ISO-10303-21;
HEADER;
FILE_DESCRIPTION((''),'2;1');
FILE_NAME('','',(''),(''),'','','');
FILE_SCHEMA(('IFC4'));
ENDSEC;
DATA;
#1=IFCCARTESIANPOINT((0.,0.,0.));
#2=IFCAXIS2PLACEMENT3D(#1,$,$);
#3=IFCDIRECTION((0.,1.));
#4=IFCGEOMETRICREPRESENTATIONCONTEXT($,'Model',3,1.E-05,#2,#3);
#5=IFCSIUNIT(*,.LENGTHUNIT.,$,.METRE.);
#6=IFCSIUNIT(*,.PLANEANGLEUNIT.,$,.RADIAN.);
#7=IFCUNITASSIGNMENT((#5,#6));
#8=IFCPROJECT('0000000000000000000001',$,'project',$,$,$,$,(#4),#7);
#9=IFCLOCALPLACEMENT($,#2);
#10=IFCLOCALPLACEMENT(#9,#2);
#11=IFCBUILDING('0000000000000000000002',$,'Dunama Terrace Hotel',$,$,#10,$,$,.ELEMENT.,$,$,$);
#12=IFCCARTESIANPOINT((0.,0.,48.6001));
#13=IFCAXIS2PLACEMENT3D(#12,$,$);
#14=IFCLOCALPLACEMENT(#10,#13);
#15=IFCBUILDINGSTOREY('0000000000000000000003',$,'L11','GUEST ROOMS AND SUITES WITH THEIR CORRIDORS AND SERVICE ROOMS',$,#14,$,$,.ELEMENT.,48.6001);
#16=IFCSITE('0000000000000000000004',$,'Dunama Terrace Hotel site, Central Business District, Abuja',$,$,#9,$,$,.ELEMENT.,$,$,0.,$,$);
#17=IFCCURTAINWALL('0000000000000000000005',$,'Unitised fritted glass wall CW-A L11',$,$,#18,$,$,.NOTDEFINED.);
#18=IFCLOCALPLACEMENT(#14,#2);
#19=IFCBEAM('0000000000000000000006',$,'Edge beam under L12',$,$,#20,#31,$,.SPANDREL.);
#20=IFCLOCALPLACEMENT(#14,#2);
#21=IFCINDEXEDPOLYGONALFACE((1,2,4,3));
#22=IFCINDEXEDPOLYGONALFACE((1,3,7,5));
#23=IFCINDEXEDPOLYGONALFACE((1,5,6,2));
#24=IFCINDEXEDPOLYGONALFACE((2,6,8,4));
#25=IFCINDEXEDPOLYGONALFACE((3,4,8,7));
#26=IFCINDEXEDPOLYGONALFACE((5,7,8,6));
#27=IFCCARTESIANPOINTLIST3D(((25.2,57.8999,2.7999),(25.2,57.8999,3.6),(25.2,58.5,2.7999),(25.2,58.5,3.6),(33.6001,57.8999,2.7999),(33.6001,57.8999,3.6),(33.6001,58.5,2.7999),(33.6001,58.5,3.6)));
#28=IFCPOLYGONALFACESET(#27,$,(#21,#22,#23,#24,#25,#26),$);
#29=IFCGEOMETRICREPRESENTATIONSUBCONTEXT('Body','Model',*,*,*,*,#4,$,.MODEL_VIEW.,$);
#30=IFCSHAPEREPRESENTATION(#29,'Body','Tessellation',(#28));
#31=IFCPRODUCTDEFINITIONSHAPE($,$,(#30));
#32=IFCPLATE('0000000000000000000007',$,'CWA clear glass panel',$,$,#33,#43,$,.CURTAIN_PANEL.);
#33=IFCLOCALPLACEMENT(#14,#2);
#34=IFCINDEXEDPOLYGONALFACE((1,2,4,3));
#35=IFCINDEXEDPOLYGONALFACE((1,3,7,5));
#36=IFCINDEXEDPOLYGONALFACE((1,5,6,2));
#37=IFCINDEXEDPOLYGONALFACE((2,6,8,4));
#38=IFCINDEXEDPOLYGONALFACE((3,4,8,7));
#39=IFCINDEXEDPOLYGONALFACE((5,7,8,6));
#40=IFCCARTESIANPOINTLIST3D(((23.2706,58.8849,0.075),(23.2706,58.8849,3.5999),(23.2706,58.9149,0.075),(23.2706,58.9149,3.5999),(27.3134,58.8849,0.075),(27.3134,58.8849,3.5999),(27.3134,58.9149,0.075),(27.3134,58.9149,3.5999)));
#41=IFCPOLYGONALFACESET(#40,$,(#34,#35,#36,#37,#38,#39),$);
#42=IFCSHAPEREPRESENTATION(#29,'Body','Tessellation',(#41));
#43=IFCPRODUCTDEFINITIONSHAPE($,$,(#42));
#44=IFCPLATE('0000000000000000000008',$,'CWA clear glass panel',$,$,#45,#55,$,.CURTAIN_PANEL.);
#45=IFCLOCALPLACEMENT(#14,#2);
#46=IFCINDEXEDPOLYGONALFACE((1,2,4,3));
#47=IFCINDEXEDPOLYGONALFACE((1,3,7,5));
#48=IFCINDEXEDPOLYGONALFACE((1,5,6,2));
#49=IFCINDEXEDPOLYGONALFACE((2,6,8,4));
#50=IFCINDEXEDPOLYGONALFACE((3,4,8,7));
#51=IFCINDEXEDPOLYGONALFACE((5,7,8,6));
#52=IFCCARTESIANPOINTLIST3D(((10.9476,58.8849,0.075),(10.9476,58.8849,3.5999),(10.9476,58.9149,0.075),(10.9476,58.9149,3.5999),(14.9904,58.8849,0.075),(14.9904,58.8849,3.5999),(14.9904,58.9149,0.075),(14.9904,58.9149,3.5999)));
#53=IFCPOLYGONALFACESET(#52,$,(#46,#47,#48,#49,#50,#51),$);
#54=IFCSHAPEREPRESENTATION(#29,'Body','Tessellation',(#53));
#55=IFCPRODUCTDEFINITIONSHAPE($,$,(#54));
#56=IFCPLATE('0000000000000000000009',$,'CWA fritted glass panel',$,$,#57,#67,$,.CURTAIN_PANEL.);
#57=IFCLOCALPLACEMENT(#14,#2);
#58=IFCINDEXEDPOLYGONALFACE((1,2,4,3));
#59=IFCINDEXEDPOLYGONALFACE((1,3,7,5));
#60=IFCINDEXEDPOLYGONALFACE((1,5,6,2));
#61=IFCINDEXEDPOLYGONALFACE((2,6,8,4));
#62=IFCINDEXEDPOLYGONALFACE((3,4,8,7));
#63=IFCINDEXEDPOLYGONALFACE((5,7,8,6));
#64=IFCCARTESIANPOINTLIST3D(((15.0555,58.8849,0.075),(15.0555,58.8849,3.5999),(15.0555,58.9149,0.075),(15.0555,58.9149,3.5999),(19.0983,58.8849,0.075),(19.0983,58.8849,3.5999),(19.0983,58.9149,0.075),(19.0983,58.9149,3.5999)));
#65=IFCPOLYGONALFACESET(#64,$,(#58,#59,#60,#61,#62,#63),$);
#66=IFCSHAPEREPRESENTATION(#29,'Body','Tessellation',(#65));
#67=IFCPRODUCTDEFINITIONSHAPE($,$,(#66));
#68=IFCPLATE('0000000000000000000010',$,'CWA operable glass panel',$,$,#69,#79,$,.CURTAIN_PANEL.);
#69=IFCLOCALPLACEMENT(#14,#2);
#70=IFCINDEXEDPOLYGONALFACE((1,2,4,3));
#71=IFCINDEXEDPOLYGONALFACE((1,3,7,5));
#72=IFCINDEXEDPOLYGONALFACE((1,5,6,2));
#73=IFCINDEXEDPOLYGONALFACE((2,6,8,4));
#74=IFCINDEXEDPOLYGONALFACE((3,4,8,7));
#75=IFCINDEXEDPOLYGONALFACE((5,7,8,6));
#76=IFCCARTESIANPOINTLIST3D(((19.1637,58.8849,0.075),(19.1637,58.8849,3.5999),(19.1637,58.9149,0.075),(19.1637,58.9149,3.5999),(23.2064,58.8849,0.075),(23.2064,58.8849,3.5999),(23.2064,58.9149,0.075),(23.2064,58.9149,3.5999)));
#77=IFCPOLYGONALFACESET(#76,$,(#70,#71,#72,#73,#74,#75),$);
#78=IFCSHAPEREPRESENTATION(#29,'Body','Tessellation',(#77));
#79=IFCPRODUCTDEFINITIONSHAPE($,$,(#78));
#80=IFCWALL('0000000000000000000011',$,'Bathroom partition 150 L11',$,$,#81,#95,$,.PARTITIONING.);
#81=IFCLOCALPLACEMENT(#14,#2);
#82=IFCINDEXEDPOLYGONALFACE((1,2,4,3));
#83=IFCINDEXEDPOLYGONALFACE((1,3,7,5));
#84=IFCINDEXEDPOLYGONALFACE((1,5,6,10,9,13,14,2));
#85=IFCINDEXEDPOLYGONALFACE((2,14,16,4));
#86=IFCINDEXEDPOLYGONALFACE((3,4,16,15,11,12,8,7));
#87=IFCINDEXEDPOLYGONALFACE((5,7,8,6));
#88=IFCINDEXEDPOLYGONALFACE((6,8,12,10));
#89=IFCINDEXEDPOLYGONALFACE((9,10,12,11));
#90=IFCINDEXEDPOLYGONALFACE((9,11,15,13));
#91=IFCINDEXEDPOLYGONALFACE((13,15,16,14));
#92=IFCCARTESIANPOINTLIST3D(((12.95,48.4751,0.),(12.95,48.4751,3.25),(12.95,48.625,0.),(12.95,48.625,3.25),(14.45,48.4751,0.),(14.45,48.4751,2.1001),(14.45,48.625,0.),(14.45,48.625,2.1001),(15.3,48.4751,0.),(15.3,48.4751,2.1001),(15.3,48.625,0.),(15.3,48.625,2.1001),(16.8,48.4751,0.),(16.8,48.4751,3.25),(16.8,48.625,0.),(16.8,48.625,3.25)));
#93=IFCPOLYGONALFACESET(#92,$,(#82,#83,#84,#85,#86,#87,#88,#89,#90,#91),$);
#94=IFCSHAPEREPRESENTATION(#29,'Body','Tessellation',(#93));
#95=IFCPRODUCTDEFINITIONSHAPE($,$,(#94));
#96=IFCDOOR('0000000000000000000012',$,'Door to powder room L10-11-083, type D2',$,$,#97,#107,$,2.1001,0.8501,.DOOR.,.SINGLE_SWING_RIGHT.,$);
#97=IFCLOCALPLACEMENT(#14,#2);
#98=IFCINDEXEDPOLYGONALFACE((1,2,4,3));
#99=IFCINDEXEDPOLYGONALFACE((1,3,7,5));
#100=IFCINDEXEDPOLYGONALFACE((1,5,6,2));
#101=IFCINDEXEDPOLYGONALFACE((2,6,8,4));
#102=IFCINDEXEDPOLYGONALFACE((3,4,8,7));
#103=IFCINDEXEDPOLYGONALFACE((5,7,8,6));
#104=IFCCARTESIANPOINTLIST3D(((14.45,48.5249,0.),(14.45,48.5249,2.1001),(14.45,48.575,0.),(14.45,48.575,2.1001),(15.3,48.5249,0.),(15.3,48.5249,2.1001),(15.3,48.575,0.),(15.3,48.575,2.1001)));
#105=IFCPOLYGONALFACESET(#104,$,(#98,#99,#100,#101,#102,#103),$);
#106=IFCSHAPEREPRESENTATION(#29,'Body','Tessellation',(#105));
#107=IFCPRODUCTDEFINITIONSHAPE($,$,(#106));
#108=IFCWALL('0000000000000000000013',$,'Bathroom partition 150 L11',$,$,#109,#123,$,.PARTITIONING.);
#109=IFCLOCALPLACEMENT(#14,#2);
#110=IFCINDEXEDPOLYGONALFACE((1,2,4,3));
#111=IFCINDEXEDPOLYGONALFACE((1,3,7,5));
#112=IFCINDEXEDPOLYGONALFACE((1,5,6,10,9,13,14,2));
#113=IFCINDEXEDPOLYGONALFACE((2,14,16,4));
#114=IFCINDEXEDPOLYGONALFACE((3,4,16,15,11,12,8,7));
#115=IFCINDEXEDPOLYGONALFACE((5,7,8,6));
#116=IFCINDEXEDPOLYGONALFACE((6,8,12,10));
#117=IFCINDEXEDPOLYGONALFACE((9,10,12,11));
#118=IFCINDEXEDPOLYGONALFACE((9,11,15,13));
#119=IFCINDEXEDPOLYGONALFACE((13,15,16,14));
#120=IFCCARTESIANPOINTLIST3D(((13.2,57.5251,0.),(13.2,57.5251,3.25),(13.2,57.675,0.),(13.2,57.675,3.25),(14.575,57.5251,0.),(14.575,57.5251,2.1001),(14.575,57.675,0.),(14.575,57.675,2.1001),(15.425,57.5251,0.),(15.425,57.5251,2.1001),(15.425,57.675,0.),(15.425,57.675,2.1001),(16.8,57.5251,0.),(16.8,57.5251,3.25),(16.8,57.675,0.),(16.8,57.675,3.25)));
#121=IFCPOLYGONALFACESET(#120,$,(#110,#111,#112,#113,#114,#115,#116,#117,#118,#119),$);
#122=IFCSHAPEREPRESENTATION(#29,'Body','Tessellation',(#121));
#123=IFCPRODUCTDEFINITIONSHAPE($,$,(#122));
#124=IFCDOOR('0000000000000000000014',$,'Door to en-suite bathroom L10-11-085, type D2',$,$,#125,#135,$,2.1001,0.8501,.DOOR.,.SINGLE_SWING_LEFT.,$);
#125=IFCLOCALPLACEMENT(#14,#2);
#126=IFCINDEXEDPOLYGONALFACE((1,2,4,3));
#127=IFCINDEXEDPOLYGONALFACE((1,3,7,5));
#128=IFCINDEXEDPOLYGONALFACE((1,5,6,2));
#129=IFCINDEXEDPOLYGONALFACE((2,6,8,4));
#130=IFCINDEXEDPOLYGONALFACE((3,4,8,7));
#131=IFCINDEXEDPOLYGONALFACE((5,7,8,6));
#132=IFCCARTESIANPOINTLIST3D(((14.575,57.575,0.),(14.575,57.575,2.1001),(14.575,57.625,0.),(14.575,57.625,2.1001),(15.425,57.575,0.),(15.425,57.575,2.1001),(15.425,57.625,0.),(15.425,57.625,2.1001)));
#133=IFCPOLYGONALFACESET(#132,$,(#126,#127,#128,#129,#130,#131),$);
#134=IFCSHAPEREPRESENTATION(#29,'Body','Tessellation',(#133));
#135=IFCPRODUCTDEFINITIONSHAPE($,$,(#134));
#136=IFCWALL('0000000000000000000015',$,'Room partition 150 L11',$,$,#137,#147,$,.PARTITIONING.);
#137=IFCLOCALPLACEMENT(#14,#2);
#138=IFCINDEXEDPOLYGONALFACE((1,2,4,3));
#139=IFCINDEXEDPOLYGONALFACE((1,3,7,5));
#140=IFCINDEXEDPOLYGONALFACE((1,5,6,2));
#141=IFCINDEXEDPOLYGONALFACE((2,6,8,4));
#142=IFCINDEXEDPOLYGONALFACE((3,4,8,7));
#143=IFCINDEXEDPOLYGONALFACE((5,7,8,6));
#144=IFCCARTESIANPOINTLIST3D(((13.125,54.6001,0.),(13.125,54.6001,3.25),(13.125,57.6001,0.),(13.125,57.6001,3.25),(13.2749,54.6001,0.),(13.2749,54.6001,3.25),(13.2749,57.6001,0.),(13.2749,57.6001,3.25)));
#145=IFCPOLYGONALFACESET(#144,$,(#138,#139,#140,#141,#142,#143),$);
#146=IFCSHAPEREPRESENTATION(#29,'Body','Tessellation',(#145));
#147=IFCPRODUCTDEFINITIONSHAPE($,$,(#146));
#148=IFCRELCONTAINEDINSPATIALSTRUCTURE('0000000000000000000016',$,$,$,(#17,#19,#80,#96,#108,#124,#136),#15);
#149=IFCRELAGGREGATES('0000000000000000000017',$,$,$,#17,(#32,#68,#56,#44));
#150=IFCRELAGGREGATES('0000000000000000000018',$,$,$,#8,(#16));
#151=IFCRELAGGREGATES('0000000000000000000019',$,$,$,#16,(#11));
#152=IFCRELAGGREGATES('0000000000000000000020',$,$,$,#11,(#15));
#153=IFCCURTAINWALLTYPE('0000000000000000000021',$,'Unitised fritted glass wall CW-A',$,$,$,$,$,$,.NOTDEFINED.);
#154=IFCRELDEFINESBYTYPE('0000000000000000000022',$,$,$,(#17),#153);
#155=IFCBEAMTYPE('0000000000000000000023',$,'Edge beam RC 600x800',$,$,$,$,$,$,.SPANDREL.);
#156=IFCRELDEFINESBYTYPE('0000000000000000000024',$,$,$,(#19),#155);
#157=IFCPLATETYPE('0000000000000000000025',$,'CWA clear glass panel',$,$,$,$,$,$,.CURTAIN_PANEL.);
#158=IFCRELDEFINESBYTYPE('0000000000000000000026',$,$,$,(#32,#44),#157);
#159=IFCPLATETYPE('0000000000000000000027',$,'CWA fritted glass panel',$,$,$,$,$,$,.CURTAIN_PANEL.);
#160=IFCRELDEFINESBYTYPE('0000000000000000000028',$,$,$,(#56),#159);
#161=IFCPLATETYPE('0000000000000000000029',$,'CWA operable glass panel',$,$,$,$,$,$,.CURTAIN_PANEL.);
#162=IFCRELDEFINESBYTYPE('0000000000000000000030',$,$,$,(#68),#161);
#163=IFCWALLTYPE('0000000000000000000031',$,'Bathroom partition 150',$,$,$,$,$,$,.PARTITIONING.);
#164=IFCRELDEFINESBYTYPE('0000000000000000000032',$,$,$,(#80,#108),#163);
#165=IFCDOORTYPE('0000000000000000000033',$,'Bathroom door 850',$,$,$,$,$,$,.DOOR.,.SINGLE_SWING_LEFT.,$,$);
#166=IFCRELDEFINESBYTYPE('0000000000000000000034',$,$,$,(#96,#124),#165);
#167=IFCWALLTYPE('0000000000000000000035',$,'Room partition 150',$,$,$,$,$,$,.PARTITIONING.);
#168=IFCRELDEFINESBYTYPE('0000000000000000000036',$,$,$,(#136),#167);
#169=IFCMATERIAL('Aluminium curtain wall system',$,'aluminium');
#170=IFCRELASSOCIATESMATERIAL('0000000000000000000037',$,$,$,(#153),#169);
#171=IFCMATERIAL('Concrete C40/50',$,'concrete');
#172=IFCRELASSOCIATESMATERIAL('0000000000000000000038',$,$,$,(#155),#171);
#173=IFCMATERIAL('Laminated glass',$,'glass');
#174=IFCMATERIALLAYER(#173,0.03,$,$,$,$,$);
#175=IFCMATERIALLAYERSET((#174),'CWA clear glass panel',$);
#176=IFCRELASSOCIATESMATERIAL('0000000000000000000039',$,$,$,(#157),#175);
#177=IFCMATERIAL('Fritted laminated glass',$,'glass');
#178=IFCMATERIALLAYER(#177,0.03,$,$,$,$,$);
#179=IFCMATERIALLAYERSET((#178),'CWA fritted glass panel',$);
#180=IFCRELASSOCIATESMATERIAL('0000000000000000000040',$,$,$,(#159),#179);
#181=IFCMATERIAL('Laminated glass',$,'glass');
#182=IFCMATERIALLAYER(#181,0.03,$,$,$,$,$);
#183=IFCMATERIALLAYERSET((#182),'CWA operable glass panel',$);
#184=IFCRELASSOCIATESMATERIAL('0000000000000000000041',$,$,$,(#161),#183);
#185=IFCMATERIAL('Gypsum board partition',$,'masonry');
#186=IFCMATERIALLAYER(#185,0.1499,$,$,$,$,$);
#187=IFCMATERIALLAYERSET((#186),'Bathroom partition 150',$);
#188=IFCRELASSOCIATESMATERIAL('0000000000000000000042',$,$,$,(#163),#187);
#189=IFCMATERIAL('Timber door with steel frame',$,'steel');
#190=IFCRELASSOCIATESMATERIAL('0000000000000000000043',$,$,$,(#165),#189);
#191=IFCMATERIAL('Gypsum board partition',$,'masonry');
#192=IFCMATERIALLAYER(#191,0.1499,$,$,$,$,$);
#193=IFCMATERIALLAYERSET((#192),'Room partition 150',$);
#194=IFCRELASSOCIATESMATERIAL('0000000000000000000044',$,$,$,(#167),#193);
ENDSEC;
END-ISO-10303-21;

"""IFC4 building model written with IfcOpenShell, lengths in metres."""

from ifc_helpers import new_model, si_unit, direction, frame, frame_2d, origin, origin_2d, place, context, subcontext, project, spatial, rectangle, extrude, material, layer, layer_set, material_profile, profile_set, type_object, element, fill, aggregate, save


model = new_model("IFC4")

# Units and contexts
model_context = context("Model", 3, precision=1e-05, world=origin(), true_north=direction((0.0, 1.0)))
body_context = subcontext(model_context, "Body", "Model", "MODEL_VIEW")
ifc_project = project(units=[si_unit("LENGTHUNIT", "METRE"), si_unit("PLANEANGLEUNIT", "RADIAN")], contexts=[model_context])

# Site, building, storey
site_placement = place(None, origin())
site = spatial("IfcSite", under=ifc_project, at=site_placement, Name="Dunama Terrace Hotel site, Central Business District, Abuja", CompositionType="ELEMENT", RefElevation=0.0)
building_placement = place(site_placement, origin())
building = spatial("IfcBuilding", under=site, at=building_placement, Name="Dunama Terrace Hotel", CompositionType="ELEMENT")
storey_placement = place(building_placement, frame((0.0, 0.0, 48.6001)))
storey = spatial("IfcBuildingStorey", under=building, at=storey_placement, Name="L11", Description="GUEST ROOMS AND SUITES WITH THEIR CORRIDORS AND SERVICE ROOMS", CompositionType="ELEMENT", Elevation=48.6001)

# Curtain wall
ifc_material_1 = material(Name="Aluminium curtain wall system", Category="aluminium")
curtain_wall_type = type_object("IfcCurtainWallType", Name="Unitised fritted glass wall CW-A", PredefinedType="NOTDEFINED", material=ifc_material_1)
curtain_wall_placement = place(storey_placement, origin())
curtain_wall = element("IfcCurtainWall", 1, at=curtain_wall_placement, inside=storey, type_object=curtain_wall_type, Name="Unitised fritted glass wall CW-A L11", PredefinedType="NOTDEFINED")

# Beam
ifc_material_2 = material(Name="Concrete C40/50", Category="concrete")
ifc_material_profile_1 = material_profile(ifc_material_2, rectangle(XDim=0.6001, YDim=0.8, at=origin_2d()), Name="RC 600x800")
ifc_profile_set_1 = profile_set([ifc_material_profile_1], Name="Concrete C40/50")
beam_type = type_object("IfcBeamType", Name="Edge beam RC 600x800", PredefinedType="SPANDREL", material=ifc_profile_set_1)
beam_1_placement = place(storey_placement, frame((25.2, 58.2, 3.2), z_axis=(1.0, 0.0, 0.0), x_axis=(0.0, 1.0, 0.0)))
element("IfcBeam", 2, at=beam_1_placement, inside=storey, type_object=beam_type, Name="Edge beam under L12", PredefinedType="SPANDREL", context=body_context, shape_type="SweptSolid", body=[
    extrude(rectangle(XDim=0.6001, YDim=0.8, at=origin_2d()), origin(), (0.0, 0.0, 1.0), 8.4001),
])

# Plates
ifc_material_3 = material(Name="Laminated glass", Category="glass")
ifc_layer_1 = layer(ifc_material_3, 0.03)
ifc_layer_set_1 = layer_set([ifc_layer_1], Name="CWA clear glass panel")
plate_type_1 = type_object("IfcPlateType", Name="CWA clear glass panel", PredefinedType="CURTAIN_PANEL", material=ifc_layer_set_1)
plate_1_placement = place(storey_placement, frame((25.292, 58.8999, 0.075), z_axis=(0.0, 0.0, 1.0), x_axis=(-1.0, 0.0, 0.0)))
plate_1 = element("IfcPlate", 3, at=plate_1_placement, type_object=plate_type_1, Name="CWA clear glass panel", PredefinedType="CURTAIN_PANEL", context=body_context, shape_type="SweptSolid", body=[
    extrude(rectangle(XDim=4.0427, YDim=0.03, at=origin_2d()), origin(), (0.0, 0.0, 1.0), 3.5249),
])
plate_2_placement = place(storey_placement, frame((12.969, 58.8999, 0.075), z_axis=(0.0, 0.0, 1.0), x_axis=(-1.0, 0.0, 0.0)))
plate_2 = element("IfcPlate", 4, at=plate_2_placement, type_object=plate_type_1, Name="CWA clear glass panel", PredefinedType="CURTAIN_PANEL", context=body_context, shape_type="SweptSolid", body=[
    extrude(rectangle(XDim=4.0427, YDim=0.03, at=origin_2d()), origin(), (0.0, 0.0, 1.0), 3.5249),
])
ifc_material_4 = material(Name="Fritted laminated glass", Category="glass")
ifc_layer_2 = layer(ifc_material_4, 0.03)
ifc_layer_set_2 = layer_set([ifc_layer_2], Name="CWA fritted glass panel")
plate_type_2 = type_object("IfcPlateType", Name="CWA fritted glass panel", PredefinedType="CURTAIN_PANEL", material=ifc_layer_set_2)
plate_3_placement = place(storey_placement, frame((17.0769, 58.8999, 0.075), z_axis=(0.0, 0.0, 1.0), x_axis=(-1.0, 0.0, 0.0)))
plate_3 = element("IfcPlate", 5, at=plate_3_placement, type_object=plate_type_2, Name="CWA fritted glass panel", PredefinedType="CURTAIN_PANEL", context=body_context, shape_type="SweptSolid", body=[
    extrude(rectangle(XDim=4.0427, YDim=0.03, at=origin_2d()), origin(), (0.0, 0.0, 1.0), 3.5249),
])
ifc_material_5 = material(Name="Laminated glass", Category="glass")
ifc_layer_3 = layer(ifc_material_5, 0.03)
ifc_layer_set_3 = layer_set([ifc_layer_3], Name="CWA operable glass panel")
plate_type_3 = type_object("IfcPlateType", Name="CWA operable glass panel", PredefinedType="CURTAIN_PANEL", material=ifc_layer_set_3)
plate_4_placement = place(storey_placement, frame((21.1851, 58.8999, 0.075), z_axis=(0.0, 0.0, 1.0), x_axis=(-1.0, 0.0, 0.0)))
plate_4 = element("IfcPlate", 6, at=plate_4_placement, type_object=plate_type_3, Name="CWA operable glass panel", PredefinedType="CURTAIN_PANEL", context=body_context, shape_type="SweptSolid", body=[
    extrude(rectangle(XDim=4.0427, YDim=0.03, at=origin_2d()), origin(), (0.0, 0.0, 1.0), 3.5249),
])
aggregate(curtain_wall, [plate_1, plate_4, plate_3, plate_2])

# Walls, openings, doors
ifc_material_6 = material(Name="Gypsum board partition", Category="masonry")
ifc_layer_4 = layer(ifc_material_6, 0.1499)
ifc_layer_set_4 = layer_set([ifc_layer_4], Name="Bathroom partition 150")
wall_type_1 = type_object("IfcWallType", Name="Bathroom partition 150", PredefinedType="PARTITIONING", material=ifc_layer_set_4)
wall_1_placement = place(storey_placement, frame((12.95, 48.55, 0.0), z_axis=(0.0, 0.0, 1.0), x_axis=(1.0, 0.0, 0.0)))
wall_1 = element("IfcWall", 7, at=wall_1_placement, inside=storey, type_object=wall_type_1, Name="Bathroom partition 150 L11", PredefinedType="PARTITIONING", context=body_context, shape_type="SweptSolid", body=[
    extrude(rectangle(XDim=3.8501, YDim=0.1499, at=frame_2d((1.925, 0.0))), origin(), (0.0, 0.0, 1.0), 3.25),
])
opening_1_placement = place(wall_1_placement, frame((1.5, 0.0, 0.0)))
opening_1 = element("IfcOpeningElement", 8, at=opening_1_placement, cuts=wall_1, PredefinedType="OPENING", context=body_context, shape_type="SweptSolid", body=[
    extrude(rectangle(XDim=0.8501, YDim=2.1001, at=frame_2d((0.425, 1.05))), frame((0.0, 0.085, 0.0), z_axis=(0.0, -1.0, 0.0), x_axis=(1.0, 0.0, 0.0)), (0.0, 0.0, 1.0), 0.1699),
])
ifc_material_7 = material(Name="Timber door with steel frame", Category="steel")
door_type_1 = type_object("IfcDoorType", Name="Bathroom door 850", OperationType="SINGLE_SWING_LEFT", PredefinedType="DOOR", material=ifc_material_7)
door_1_placement = place(opening_1_placement, frame((0.8501, 0.0, 0.0), z_axis=(0.0, 0.0, 1.0), x_axis=(-1.0, 0.0, 0.0)))
door_1 = element("IfcDoor", 9, at=door_1_placement, inside=storey, type_object=door_type_1, Name="Door to powder room L10-11-083, type D2", OperationType="SINGLE_SWING_RIGHT", OverallHeight=2.1001, OverallWidth=0.8501, PredefinedType="DOOR", context=body_context, shape_type="SweptSolid", body=[
    extrude(rectangle(XDim=0.8501, YDim=2.1001, at=frame_2d((0.425, 1.05))), frame((0.0, 0.0251, 0.0), z_axis=(0.0, -1.0, 0.0), x_axis=(1.0, 0.0, 0.0)), (0.0, 0.0, 1.0), 0.05),
])
fill(opening_1, door_1)
wall_2_placement = place(storey_placement, frame((13.2, 57.6001, 0.0), z_axis=(0.0, 0.0, 1.0), x_axis=(1.0, 0.0, 0.0)))
wall_2 = element("IfcWall", 10, at=wall_2_placement, inside=storey, type_object=wall_type_1, Name="Bathroom partition 150 L11", PredefinedType="PARTITIONING", context=body_context, shape_type="SweptSolid", body=[
    extrude(rectangle(XDim=3.6001, YDim=0.1499, at=frame_2d((1.8, 0.0))), origin(), (0.0, 0.0, 1.0), 3.25),
])
opening_2_placement = place(wall_2_placement, frame((1.375, 0.0, 0.0)))
opening_2 = element("IfcOpeningElement", 11, at=opening_2_placement, cuts=wall_2, PredefinedType="OPENING", context=body_context, shape_type="SweptSolid", body=[
    extrude(rectangle(XDim=0.8501, YDim=2.1001, at=frame_2d((0.425, 1.05))), frame((0.0, 0.085, 0.0), z_axis=(0.0, -1.0, 0.0), x_axis=(1.0, 0.0, 0.0)), (0.0, 0.0, 1.0), 0.1699),
])
door_2_placement = place(opening_2_placement, frame((0.8501, 0.0, 0.0), z_axis=(0.0, 0.0, 1.0), x_axis=(-1.0, 0.0, 0.0)))
door_2 = element("IfcDoor", 12, at=door_2_placement, inside=storey, type_object=door_type_1, Name="Door to en-suite bathroom L10-11-085, type D2", OperationType="SINGLE_SWING_LEFT", OverallHeight=2.1001, OverallWidth=0.8501, PredefinedType="DOOR", context=body_context, shape_type="SweptSolid", body=[
    extrude(rectangle(XDim=0.8501, YDim=2.1001, at=frame_2d((0.425, 1.05))), frame((0.0, 0.0251, 0.0), z_axis=(0.0, -1.0, 0.0), x_axis=(1.0, 0.0, 0.0)), (0.0, 0.0, 1.0), 0.05),
])
fill(opening_2, door_2)

# Wall
ifc_material_8 = material(Name="Gypsum board partition", Category="masonry")
ifc_layer_5 = layer(ifc_material_8, 0.1499)
ifc_layer_set_5 = layer_set([ifc_layer_5], Name="Room partition 150")
wall_type_2 = type_object("IfcWallType", Name="Room partition 150", PredefinedType="PARTITIONING", material=ifc_layer_set_5)
wall_3_placement = place(storey_placement, frame((13.2, 54.6001, 0.0), z_axis=(0.0, 0.0, 1.0), x_axis=(0.0, 1.0, 0.0)))
element("IfcWall", 13, at=wall_3_placement, inside=storey, type_object=wall_type_2, Name="Room partition 150 L11", PredefinedType="PARTITIONING", context=body_context, shape_type="SweptSolid", body=[
    extrude(rectangle(XDim=3.0, YDim=0.1499, at=frame_2d((1.5, 0.0))), origin(), (0.0, 0.0, 1.0), 3.25),
])

save(model, "model.ifc")
